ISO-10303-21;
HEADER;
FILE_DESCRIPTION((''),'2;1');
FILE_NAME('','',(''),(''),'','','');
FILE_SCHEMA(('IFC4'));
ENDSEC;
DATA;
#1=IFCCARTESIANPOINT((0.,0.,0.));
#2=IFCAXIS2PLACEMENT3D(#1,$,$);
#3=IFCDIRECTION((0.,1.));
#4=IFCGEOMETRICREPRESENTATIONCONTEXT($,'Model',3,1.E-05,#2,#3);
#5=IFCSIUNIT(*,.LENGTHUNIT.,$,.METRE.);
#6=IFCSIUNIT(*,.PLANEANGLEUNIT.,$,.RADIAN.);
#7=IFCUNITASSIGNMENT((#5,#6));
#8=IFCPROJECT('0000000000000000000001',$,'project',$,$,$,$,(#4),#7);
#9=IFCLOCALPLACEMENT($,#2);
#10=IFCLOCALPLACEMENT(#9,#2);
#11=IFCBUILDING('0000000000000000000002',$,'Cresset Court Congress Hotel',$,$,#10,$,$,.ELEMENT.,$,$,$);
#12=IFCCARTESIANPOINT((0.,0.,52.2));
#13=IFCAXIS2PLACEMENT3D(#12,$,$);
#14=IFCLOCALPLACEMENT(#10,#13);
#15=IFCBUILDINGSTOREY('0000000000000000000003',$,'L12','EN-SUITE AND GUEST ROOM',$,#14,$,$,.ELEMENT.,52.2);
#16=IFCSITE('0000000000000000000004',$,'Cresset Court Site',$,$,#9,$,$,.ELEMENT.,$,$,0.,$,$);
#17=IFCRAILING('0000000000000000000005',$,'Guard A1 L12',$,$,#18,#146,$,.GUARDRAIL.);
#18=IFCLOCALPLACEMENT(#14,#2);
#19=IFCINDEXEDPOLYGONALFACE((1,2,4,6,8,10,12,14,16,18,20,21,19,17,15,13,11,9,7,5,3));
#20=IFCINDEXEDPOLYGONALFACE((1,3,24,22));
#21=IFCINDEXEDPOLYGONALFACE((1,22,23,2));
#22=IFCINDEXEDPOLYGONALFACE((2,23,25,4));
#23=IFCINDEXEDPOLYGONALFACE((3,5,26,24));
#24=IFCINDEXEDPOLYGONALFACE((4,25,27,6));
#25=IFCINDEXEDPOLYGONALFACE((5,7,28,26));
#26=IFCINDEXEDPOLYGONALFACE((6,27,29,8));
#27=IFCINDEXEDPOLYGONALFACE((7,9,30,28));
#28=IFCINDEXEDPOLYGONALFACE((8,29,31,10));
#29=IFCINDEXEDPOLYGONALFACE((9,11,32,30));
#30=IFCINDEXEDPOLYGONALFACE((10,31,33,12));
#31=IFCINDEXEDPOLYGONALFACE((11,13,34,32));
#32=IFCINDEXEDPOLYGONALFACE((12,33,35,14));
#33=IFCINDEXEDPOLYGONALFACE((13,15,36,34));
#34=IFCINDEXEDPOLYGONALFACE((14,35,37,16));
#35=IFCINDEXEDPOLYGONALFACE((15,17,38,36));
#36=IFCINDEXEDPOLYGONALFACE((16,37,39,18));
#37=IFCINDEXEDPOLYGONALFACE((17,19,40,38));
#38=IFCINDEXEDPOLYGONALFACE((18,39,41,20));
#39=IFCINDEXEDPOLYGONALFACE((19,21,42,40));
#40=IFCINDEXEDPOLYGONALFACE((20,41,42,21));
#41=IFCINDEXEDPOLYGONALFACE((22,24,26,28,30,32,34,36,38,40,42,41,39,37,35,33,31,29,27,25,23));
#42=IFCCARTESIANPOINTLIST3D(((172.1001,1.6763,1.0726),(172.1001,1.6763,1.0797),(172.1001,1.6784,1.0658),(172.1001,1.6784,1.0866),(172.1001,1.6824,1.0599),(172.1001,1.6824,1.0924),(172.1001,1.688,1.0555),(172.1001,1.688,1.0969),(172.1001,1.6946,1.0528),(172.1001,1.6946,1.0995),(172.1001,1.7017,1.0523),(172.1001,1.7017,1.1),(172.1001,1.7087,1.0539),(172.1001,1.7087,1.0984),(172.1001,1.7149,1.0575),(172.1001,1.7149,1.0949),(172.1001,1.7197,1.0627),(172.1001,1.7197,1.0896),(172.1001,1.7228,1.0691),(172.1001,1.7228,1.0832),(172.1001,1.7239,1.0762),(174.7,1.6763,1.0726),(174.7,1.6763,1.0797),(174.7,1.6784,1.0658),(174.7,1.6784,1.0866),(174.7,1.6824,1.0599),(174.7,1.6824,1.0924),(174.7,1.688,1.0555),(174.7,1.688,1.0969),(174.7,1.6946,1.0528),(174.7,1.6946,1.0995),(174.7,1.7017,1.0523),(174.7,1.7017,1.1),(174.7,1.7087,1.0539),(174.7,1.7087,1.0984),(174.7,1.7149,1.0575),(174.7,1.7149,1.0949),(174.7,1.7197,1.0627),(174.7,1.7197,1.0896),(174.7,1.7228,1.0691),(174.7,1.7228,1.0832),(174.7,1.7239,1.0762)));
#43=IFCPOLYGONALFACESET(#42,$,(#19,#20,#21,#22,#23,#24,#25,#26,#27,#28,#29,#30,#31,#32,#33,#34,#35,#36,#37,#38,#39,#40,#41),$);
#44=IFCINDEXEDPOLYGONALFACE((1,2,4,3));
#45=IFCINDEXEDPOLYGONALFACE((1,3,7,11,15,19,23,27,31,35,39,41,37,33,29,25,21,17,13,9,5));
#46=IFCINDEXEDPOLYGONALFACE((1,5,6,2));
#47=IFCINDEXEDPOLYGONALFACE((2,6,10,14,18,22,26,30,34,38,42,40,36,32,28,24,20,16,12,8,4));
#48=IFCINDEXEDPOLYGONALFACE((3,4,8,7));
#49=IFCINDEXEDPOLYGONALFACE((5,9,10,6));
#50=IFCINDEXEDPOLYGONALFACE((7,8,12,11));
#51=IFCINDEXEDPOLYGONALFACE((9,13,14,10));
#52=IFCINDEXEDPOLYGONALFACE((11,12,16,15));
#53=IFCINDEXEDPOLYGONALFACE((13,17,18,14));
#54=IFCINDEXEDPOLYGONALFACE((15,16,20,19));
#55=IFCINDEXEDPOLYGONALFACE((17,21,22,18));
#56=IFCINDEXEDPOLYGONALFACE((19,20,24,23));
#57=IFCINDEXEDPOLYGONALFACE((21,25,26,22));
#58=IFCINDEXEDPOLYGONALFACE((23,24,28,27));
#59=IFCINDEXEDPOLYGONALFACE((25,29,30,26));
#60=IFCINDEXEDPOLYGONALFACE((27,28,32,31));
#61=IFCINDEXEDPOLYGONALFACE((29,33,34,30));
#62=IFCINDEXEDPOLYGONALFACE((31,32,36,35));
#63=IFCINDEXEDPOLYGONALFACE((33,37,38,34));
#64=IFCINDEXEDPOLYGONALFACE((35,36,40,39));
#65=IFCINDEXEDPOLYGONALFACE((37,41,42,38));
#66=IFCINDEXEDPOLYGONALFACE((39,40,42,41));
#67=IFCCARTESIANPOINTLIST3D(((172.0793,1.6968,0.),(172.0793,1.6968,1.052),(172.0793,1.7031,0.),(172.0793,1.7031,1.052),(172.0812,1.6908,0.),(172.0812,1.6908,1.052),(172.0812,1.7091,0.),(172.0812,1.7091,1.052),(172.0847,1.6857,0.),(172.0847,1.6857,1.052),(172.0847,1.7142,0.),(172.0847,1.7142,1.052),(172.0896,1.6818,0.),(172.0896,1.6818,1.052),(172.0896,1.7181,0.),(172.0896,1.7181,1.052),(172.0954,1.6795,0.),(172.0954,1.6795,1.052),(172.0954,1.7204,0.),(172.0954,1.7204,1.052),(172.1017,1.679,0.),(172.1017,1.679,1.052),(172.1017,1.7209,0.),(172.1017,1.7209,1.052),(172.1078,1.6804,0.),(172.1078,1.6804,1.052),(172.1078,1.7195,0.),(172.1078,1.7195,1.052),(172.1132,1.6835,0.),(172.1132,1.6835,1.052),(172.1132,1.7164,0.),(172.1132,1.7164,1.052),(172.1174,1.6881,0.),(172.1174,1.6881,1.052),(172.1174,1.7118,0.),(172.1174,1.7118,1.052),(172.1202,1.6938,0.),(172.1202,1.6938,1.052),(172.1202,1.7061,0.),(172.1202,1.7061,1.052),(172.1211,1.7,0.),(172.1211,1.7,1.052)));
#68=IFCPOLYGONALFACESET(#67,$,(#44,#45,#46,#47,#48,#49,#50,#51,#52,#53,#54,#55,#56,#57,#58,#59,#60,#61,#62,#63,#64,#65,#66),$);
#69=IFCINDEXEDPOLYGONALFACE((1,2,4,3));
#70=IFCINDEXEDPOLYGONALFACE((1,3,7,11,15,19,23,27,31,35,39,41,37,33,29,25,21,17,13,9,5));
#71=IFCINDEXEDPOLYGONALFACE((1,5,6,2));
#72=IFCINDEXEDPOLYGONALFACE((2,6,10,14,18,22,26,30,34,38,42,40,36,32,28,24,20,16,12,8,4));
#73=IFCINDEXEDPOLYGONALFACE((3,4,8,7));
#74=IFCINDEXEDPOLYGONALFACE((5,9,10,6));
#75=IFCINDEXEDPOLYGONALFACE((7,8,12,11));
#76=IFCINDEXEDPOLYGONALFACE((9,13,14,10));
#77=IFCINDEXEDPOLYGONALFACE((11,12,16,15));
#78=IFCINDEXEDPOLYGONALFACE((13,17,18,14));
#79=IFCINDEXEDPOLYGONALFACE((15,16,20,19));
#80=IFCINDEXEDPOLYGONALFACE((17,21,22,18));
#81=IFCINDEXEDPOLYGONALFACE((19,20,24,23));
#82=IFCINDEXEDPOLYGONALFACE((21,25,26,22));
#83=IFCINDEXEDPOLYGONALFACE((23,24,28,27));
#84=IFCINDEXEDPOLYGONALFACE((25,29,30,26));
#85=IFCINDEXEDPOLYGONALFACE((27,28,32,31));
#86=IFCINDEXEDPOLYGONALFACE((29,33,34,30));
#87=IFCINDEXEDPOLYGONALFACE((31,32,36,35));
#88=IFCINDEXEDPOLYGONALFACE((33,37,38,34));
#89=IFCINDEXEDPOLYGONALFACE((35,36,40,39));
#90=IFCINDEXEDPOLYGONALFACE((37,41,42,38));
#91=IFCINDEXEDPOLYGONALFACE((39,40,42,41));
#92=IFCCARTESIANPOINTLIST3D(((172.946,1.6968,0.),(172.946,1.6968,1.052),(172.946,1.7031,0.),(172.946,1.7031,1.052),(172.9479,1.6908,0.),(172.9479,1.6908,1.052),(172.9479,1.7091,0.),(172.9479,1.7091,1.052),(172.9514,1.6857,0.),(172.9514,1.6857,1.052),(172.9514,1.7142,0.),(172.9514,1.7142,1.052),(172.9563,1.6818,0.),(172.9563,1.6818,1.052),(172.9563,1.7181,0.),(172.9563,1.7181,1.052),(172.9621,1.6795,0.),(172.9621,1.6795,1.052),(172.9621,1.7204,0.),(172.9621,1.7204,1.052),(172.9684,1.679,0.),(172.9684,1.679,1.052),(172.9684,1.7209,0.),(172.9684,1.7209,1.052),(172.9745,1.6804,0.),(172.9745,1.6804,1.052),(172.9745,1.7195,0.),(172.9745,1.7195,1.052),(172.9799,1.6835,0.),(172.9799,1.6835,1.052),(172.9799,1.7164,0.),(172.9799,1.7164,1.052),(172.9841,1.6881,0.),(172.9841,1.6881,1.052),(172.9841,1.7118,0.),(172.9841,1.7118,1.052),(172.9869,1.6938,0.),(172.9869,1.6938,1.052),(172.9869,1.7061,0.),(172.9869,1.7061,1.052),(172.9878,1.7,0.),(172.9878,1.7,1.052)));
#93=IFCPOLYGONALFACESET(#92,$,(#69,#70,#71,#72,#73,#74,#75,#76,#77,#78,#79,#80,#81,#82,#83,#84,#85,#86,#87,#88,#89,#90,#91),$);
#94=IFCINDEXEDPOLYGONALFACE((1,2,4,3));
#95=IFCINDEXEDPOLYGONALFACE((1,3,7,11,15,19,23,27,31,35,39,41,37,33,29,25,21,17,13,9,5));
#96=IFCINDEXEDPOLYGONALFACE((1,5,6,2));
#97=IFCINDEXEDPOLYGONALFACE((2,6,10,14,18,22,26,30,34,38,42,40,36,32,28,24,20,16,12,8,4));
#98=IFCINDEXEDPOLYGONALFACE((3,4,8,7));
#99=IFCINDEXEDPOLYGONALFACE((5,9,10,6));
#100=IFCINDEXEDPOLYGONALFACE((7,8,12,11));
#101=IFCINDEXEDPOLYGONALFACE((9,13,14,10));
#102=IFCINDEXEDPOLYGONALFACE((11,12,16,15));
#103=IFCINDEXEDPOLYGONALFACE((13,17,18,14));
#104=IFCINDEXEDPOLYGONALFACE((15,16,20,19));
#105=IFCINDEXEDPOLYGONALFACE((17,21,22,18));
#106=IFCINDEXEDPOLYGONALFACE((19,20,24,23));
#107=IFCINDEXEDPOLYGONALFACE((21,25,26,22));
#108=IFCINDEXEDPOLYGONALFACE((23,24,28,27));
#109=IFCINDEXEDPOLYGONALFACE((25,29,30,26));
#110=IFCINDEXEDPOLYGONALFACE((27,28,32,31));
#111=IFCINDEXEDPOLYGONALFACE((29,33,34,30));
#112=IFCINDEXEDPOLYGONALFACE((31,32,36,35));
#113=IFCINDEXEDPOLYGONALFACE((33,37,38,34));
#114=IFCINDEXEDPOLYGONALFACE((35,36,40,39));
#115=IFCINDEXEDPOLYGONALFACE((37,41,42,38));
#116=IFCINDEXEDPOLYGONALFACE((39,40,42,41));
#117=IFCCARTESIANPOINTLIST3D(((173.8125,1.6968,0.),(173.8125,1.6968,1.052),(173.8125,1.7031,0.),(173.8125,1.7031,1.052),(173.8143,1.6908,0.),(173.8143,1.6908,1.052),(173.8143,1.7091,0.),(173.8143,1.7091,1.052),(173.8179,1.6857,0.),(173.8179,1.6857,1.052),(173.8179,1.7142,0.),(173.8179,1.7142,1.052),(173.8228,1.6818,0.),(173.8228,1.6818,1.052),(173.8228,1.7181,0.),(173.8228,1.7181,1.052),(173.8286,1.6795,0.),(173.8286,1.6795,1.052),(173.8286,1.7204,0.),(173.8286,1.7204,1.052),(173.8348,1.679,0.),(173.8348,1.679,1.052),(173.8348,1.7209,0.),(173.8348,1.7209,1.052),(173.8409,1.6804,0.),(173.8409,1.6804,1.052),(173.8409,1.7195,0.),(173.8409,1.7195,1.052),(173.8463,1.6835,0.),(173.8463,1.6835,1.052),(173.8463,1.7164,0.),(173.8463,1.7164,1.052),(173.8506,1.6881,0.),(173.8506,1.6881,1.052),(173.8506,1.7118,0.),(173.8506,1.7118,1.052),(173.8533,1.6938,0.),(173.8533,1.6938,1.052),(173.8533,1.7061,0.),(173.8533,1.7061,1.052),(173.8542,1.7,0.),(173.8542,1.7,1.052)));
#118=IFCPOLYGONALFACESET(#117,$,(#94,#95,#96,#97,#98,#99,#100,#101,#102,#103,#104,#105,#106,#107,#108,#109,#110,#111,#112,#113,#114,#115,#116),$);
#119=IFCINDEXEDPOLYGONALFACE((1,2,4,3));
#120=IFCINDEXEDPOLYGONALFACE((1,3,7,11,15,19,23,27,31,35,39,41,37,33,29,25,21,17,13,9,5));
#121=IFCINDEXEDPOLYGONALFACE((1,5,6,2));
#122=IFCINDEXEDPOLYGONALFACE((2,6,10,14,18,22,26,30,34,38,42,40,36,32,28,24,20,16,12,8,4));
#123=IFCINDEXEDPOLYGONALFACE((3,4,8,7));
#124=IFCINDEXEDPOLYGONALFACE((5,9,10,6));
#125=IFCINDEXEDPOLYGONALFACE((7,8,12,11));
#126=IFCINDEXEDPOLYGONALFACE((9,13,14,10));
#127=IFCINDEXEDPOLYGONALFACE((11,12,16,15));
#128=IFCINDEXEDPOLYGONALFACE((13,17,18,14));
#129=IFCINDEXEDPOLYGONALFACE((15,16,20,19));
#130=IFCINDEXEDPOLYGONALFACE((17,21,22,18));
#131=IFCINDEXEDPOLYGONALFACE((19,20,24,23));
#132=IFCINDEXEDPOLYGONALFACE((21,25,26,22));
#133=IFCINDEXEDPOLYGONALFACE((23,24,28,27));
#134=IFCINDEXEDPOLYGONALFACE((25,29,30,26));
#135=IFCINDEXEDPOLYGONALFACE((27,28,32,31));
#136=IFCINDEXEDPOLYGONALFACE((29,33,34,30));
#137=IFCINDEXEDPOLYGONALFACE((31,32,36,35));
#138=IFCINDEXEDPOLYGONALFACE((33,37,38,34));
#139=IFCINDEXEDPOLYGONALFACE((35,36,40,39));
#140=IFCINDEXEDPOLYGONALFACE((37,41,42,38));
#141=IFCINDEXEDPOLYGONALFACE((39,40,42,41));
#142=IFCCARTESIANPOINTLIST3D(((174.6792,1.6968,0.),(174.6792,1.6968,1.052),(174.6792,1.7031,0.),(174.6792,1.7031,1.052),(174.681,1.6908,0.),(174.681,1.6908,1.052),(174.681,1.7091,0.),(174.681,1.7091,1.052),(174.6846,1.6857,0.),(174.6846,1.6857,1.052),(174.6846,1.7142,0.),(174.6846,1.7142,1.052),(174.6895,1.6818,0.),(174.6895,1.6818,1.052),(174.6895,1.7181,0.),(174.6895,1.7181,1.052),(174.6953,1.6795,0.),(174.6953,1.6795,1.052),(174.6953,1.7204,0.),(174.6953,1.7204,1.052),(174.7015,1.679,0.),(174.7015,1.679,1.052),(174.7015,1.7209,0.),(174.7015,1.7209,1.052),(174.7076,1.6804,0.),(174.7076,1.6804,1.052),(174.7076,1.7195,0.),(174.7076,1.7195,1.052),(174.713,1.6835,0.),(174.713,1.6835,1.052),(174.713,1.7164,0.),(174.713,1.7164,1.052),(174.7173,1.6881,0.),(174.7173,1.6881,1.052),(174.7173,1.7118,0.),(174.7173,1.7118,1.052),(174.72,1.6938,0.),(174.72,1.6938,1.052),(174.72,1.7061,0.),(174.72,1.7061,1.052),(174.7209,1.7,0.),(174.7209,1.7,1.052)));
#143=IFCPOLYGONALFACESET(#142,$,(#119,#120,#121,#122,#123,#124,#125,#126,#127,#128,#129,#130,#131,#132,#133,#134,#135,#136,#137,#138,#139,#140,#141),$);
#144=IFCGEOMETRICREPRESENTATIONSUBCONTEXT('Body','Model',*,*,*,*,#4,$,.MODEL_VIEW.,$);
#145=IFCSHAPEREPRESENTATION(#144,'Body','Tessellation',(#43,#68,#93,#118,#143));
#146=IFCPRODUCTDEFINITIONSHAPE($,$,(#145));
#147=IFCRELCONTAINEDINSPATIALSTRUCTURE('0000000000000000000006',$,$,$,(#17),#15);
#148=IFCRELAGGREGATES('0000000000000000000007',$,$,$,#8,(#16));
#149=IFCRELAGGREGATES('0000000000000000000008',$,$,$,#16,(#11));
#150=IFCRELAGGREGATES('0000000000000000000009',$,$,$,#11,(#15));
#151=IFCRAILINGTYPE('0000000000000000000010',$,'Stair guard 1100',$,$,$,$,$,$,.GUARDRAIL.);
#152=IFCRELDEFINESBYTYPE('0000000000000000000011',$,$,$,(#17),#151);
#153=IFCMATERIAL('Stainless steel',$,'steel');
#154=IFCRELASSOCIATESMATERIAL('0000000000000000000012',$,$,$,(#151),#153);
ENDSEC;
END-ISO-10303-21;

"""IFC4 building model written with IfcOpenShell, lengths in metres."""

from ifc_helpers import new_model, si_unit, direction, frame, origin, origin_2d, place, context, subcontext, project, spatial, circle, extrude, material, type_object, element, save


model = new_model("IFC4")

# Units and contexts
model_context = context("Model", 3, precision=1e-05, world=origin(), true_north=direction((0.0, 1.0)))
body_context = subcontext(model_context, "Body", "Model", "MODEL_VIEW")
ifc_project = project(units=[si_unit("LENGTHUNIT", "METRE"), si_unit("PLANEANGLEUNIT", "RADIAN")], contexts=[model_context])

# Site, building, storey
site_placement = place(None, origin())
site = spatial("IfcSite", under=ifc_project, at=site_placement, Name="Cresset Court Site", CompositionType="ELEMENT", RefElevation=0.0)
building_placement = place(site_placement, origin())
building = spatial("IfcBuilding", under=site, at=building_placement, Name="Cresset Court Congress Hotel", CompositionType="ELEMENT")
storey_placement = place(building_placement, frame((0.0, 0.0, 52.2)))
storey = spatial("IfcBuildingStorey", under=building, at=storey_placement, Name="L12", Description="EN-SUITE AND GUEST ROOM", CompositionType="ELEMENT", Elevation=52.2)

# Railing
ifc_material_1 = material(Name="Stainless steel", Category="steel")
railing_type_1 = type_object("IfcRailingType", Name="Stair guard 1100", PredefinedType="GUARDRAIL", material=ifc_material_1)
railing_1_placement = place(storey_placement, frame((172.1001, 1.7, 0.0)))
element("IfcRailing", 1, at=railing_1_placement, inside=storey, type_object=railing_type_1, Name="Guard A1 L12", PredefinedType="GUARDRAIL", context=body_context, shape_type="SweptSolid", body=[
    extrude(circle(Radius=0.0239, at=origin_2d()), frame((0.0, 0.0, 1.0762), z_axis=(1.0, 0.0, 0.0), x_axis=(0.0, 1.0, 0.0)), (0.0, 0.0, 1.0), 2.5999),
    extrude(circle(Radius=0.021, at=origin_2d()), origin(), (0.0, 0.0, 1.0), 1.052),
    extrude(circle(Radius=0.021, at=origin_2d()), frame((0.8667, 0.0, 0.0)), (0.0, 0.0, 1.0), 1.052),
    extrude(circle(Radius=0.021, at=origin_2d()), frame((1.7332, 0.0, 0.0)), (0.0, 0.0, 1.0), 1.052),
    extrude(circle(Radius=0.021, at=origin_2d()), frame((2.5999, 0.0, 0.0)), (0.0, 0.0, 1.0), 1.052),
])

save(model, "model.ifc")
